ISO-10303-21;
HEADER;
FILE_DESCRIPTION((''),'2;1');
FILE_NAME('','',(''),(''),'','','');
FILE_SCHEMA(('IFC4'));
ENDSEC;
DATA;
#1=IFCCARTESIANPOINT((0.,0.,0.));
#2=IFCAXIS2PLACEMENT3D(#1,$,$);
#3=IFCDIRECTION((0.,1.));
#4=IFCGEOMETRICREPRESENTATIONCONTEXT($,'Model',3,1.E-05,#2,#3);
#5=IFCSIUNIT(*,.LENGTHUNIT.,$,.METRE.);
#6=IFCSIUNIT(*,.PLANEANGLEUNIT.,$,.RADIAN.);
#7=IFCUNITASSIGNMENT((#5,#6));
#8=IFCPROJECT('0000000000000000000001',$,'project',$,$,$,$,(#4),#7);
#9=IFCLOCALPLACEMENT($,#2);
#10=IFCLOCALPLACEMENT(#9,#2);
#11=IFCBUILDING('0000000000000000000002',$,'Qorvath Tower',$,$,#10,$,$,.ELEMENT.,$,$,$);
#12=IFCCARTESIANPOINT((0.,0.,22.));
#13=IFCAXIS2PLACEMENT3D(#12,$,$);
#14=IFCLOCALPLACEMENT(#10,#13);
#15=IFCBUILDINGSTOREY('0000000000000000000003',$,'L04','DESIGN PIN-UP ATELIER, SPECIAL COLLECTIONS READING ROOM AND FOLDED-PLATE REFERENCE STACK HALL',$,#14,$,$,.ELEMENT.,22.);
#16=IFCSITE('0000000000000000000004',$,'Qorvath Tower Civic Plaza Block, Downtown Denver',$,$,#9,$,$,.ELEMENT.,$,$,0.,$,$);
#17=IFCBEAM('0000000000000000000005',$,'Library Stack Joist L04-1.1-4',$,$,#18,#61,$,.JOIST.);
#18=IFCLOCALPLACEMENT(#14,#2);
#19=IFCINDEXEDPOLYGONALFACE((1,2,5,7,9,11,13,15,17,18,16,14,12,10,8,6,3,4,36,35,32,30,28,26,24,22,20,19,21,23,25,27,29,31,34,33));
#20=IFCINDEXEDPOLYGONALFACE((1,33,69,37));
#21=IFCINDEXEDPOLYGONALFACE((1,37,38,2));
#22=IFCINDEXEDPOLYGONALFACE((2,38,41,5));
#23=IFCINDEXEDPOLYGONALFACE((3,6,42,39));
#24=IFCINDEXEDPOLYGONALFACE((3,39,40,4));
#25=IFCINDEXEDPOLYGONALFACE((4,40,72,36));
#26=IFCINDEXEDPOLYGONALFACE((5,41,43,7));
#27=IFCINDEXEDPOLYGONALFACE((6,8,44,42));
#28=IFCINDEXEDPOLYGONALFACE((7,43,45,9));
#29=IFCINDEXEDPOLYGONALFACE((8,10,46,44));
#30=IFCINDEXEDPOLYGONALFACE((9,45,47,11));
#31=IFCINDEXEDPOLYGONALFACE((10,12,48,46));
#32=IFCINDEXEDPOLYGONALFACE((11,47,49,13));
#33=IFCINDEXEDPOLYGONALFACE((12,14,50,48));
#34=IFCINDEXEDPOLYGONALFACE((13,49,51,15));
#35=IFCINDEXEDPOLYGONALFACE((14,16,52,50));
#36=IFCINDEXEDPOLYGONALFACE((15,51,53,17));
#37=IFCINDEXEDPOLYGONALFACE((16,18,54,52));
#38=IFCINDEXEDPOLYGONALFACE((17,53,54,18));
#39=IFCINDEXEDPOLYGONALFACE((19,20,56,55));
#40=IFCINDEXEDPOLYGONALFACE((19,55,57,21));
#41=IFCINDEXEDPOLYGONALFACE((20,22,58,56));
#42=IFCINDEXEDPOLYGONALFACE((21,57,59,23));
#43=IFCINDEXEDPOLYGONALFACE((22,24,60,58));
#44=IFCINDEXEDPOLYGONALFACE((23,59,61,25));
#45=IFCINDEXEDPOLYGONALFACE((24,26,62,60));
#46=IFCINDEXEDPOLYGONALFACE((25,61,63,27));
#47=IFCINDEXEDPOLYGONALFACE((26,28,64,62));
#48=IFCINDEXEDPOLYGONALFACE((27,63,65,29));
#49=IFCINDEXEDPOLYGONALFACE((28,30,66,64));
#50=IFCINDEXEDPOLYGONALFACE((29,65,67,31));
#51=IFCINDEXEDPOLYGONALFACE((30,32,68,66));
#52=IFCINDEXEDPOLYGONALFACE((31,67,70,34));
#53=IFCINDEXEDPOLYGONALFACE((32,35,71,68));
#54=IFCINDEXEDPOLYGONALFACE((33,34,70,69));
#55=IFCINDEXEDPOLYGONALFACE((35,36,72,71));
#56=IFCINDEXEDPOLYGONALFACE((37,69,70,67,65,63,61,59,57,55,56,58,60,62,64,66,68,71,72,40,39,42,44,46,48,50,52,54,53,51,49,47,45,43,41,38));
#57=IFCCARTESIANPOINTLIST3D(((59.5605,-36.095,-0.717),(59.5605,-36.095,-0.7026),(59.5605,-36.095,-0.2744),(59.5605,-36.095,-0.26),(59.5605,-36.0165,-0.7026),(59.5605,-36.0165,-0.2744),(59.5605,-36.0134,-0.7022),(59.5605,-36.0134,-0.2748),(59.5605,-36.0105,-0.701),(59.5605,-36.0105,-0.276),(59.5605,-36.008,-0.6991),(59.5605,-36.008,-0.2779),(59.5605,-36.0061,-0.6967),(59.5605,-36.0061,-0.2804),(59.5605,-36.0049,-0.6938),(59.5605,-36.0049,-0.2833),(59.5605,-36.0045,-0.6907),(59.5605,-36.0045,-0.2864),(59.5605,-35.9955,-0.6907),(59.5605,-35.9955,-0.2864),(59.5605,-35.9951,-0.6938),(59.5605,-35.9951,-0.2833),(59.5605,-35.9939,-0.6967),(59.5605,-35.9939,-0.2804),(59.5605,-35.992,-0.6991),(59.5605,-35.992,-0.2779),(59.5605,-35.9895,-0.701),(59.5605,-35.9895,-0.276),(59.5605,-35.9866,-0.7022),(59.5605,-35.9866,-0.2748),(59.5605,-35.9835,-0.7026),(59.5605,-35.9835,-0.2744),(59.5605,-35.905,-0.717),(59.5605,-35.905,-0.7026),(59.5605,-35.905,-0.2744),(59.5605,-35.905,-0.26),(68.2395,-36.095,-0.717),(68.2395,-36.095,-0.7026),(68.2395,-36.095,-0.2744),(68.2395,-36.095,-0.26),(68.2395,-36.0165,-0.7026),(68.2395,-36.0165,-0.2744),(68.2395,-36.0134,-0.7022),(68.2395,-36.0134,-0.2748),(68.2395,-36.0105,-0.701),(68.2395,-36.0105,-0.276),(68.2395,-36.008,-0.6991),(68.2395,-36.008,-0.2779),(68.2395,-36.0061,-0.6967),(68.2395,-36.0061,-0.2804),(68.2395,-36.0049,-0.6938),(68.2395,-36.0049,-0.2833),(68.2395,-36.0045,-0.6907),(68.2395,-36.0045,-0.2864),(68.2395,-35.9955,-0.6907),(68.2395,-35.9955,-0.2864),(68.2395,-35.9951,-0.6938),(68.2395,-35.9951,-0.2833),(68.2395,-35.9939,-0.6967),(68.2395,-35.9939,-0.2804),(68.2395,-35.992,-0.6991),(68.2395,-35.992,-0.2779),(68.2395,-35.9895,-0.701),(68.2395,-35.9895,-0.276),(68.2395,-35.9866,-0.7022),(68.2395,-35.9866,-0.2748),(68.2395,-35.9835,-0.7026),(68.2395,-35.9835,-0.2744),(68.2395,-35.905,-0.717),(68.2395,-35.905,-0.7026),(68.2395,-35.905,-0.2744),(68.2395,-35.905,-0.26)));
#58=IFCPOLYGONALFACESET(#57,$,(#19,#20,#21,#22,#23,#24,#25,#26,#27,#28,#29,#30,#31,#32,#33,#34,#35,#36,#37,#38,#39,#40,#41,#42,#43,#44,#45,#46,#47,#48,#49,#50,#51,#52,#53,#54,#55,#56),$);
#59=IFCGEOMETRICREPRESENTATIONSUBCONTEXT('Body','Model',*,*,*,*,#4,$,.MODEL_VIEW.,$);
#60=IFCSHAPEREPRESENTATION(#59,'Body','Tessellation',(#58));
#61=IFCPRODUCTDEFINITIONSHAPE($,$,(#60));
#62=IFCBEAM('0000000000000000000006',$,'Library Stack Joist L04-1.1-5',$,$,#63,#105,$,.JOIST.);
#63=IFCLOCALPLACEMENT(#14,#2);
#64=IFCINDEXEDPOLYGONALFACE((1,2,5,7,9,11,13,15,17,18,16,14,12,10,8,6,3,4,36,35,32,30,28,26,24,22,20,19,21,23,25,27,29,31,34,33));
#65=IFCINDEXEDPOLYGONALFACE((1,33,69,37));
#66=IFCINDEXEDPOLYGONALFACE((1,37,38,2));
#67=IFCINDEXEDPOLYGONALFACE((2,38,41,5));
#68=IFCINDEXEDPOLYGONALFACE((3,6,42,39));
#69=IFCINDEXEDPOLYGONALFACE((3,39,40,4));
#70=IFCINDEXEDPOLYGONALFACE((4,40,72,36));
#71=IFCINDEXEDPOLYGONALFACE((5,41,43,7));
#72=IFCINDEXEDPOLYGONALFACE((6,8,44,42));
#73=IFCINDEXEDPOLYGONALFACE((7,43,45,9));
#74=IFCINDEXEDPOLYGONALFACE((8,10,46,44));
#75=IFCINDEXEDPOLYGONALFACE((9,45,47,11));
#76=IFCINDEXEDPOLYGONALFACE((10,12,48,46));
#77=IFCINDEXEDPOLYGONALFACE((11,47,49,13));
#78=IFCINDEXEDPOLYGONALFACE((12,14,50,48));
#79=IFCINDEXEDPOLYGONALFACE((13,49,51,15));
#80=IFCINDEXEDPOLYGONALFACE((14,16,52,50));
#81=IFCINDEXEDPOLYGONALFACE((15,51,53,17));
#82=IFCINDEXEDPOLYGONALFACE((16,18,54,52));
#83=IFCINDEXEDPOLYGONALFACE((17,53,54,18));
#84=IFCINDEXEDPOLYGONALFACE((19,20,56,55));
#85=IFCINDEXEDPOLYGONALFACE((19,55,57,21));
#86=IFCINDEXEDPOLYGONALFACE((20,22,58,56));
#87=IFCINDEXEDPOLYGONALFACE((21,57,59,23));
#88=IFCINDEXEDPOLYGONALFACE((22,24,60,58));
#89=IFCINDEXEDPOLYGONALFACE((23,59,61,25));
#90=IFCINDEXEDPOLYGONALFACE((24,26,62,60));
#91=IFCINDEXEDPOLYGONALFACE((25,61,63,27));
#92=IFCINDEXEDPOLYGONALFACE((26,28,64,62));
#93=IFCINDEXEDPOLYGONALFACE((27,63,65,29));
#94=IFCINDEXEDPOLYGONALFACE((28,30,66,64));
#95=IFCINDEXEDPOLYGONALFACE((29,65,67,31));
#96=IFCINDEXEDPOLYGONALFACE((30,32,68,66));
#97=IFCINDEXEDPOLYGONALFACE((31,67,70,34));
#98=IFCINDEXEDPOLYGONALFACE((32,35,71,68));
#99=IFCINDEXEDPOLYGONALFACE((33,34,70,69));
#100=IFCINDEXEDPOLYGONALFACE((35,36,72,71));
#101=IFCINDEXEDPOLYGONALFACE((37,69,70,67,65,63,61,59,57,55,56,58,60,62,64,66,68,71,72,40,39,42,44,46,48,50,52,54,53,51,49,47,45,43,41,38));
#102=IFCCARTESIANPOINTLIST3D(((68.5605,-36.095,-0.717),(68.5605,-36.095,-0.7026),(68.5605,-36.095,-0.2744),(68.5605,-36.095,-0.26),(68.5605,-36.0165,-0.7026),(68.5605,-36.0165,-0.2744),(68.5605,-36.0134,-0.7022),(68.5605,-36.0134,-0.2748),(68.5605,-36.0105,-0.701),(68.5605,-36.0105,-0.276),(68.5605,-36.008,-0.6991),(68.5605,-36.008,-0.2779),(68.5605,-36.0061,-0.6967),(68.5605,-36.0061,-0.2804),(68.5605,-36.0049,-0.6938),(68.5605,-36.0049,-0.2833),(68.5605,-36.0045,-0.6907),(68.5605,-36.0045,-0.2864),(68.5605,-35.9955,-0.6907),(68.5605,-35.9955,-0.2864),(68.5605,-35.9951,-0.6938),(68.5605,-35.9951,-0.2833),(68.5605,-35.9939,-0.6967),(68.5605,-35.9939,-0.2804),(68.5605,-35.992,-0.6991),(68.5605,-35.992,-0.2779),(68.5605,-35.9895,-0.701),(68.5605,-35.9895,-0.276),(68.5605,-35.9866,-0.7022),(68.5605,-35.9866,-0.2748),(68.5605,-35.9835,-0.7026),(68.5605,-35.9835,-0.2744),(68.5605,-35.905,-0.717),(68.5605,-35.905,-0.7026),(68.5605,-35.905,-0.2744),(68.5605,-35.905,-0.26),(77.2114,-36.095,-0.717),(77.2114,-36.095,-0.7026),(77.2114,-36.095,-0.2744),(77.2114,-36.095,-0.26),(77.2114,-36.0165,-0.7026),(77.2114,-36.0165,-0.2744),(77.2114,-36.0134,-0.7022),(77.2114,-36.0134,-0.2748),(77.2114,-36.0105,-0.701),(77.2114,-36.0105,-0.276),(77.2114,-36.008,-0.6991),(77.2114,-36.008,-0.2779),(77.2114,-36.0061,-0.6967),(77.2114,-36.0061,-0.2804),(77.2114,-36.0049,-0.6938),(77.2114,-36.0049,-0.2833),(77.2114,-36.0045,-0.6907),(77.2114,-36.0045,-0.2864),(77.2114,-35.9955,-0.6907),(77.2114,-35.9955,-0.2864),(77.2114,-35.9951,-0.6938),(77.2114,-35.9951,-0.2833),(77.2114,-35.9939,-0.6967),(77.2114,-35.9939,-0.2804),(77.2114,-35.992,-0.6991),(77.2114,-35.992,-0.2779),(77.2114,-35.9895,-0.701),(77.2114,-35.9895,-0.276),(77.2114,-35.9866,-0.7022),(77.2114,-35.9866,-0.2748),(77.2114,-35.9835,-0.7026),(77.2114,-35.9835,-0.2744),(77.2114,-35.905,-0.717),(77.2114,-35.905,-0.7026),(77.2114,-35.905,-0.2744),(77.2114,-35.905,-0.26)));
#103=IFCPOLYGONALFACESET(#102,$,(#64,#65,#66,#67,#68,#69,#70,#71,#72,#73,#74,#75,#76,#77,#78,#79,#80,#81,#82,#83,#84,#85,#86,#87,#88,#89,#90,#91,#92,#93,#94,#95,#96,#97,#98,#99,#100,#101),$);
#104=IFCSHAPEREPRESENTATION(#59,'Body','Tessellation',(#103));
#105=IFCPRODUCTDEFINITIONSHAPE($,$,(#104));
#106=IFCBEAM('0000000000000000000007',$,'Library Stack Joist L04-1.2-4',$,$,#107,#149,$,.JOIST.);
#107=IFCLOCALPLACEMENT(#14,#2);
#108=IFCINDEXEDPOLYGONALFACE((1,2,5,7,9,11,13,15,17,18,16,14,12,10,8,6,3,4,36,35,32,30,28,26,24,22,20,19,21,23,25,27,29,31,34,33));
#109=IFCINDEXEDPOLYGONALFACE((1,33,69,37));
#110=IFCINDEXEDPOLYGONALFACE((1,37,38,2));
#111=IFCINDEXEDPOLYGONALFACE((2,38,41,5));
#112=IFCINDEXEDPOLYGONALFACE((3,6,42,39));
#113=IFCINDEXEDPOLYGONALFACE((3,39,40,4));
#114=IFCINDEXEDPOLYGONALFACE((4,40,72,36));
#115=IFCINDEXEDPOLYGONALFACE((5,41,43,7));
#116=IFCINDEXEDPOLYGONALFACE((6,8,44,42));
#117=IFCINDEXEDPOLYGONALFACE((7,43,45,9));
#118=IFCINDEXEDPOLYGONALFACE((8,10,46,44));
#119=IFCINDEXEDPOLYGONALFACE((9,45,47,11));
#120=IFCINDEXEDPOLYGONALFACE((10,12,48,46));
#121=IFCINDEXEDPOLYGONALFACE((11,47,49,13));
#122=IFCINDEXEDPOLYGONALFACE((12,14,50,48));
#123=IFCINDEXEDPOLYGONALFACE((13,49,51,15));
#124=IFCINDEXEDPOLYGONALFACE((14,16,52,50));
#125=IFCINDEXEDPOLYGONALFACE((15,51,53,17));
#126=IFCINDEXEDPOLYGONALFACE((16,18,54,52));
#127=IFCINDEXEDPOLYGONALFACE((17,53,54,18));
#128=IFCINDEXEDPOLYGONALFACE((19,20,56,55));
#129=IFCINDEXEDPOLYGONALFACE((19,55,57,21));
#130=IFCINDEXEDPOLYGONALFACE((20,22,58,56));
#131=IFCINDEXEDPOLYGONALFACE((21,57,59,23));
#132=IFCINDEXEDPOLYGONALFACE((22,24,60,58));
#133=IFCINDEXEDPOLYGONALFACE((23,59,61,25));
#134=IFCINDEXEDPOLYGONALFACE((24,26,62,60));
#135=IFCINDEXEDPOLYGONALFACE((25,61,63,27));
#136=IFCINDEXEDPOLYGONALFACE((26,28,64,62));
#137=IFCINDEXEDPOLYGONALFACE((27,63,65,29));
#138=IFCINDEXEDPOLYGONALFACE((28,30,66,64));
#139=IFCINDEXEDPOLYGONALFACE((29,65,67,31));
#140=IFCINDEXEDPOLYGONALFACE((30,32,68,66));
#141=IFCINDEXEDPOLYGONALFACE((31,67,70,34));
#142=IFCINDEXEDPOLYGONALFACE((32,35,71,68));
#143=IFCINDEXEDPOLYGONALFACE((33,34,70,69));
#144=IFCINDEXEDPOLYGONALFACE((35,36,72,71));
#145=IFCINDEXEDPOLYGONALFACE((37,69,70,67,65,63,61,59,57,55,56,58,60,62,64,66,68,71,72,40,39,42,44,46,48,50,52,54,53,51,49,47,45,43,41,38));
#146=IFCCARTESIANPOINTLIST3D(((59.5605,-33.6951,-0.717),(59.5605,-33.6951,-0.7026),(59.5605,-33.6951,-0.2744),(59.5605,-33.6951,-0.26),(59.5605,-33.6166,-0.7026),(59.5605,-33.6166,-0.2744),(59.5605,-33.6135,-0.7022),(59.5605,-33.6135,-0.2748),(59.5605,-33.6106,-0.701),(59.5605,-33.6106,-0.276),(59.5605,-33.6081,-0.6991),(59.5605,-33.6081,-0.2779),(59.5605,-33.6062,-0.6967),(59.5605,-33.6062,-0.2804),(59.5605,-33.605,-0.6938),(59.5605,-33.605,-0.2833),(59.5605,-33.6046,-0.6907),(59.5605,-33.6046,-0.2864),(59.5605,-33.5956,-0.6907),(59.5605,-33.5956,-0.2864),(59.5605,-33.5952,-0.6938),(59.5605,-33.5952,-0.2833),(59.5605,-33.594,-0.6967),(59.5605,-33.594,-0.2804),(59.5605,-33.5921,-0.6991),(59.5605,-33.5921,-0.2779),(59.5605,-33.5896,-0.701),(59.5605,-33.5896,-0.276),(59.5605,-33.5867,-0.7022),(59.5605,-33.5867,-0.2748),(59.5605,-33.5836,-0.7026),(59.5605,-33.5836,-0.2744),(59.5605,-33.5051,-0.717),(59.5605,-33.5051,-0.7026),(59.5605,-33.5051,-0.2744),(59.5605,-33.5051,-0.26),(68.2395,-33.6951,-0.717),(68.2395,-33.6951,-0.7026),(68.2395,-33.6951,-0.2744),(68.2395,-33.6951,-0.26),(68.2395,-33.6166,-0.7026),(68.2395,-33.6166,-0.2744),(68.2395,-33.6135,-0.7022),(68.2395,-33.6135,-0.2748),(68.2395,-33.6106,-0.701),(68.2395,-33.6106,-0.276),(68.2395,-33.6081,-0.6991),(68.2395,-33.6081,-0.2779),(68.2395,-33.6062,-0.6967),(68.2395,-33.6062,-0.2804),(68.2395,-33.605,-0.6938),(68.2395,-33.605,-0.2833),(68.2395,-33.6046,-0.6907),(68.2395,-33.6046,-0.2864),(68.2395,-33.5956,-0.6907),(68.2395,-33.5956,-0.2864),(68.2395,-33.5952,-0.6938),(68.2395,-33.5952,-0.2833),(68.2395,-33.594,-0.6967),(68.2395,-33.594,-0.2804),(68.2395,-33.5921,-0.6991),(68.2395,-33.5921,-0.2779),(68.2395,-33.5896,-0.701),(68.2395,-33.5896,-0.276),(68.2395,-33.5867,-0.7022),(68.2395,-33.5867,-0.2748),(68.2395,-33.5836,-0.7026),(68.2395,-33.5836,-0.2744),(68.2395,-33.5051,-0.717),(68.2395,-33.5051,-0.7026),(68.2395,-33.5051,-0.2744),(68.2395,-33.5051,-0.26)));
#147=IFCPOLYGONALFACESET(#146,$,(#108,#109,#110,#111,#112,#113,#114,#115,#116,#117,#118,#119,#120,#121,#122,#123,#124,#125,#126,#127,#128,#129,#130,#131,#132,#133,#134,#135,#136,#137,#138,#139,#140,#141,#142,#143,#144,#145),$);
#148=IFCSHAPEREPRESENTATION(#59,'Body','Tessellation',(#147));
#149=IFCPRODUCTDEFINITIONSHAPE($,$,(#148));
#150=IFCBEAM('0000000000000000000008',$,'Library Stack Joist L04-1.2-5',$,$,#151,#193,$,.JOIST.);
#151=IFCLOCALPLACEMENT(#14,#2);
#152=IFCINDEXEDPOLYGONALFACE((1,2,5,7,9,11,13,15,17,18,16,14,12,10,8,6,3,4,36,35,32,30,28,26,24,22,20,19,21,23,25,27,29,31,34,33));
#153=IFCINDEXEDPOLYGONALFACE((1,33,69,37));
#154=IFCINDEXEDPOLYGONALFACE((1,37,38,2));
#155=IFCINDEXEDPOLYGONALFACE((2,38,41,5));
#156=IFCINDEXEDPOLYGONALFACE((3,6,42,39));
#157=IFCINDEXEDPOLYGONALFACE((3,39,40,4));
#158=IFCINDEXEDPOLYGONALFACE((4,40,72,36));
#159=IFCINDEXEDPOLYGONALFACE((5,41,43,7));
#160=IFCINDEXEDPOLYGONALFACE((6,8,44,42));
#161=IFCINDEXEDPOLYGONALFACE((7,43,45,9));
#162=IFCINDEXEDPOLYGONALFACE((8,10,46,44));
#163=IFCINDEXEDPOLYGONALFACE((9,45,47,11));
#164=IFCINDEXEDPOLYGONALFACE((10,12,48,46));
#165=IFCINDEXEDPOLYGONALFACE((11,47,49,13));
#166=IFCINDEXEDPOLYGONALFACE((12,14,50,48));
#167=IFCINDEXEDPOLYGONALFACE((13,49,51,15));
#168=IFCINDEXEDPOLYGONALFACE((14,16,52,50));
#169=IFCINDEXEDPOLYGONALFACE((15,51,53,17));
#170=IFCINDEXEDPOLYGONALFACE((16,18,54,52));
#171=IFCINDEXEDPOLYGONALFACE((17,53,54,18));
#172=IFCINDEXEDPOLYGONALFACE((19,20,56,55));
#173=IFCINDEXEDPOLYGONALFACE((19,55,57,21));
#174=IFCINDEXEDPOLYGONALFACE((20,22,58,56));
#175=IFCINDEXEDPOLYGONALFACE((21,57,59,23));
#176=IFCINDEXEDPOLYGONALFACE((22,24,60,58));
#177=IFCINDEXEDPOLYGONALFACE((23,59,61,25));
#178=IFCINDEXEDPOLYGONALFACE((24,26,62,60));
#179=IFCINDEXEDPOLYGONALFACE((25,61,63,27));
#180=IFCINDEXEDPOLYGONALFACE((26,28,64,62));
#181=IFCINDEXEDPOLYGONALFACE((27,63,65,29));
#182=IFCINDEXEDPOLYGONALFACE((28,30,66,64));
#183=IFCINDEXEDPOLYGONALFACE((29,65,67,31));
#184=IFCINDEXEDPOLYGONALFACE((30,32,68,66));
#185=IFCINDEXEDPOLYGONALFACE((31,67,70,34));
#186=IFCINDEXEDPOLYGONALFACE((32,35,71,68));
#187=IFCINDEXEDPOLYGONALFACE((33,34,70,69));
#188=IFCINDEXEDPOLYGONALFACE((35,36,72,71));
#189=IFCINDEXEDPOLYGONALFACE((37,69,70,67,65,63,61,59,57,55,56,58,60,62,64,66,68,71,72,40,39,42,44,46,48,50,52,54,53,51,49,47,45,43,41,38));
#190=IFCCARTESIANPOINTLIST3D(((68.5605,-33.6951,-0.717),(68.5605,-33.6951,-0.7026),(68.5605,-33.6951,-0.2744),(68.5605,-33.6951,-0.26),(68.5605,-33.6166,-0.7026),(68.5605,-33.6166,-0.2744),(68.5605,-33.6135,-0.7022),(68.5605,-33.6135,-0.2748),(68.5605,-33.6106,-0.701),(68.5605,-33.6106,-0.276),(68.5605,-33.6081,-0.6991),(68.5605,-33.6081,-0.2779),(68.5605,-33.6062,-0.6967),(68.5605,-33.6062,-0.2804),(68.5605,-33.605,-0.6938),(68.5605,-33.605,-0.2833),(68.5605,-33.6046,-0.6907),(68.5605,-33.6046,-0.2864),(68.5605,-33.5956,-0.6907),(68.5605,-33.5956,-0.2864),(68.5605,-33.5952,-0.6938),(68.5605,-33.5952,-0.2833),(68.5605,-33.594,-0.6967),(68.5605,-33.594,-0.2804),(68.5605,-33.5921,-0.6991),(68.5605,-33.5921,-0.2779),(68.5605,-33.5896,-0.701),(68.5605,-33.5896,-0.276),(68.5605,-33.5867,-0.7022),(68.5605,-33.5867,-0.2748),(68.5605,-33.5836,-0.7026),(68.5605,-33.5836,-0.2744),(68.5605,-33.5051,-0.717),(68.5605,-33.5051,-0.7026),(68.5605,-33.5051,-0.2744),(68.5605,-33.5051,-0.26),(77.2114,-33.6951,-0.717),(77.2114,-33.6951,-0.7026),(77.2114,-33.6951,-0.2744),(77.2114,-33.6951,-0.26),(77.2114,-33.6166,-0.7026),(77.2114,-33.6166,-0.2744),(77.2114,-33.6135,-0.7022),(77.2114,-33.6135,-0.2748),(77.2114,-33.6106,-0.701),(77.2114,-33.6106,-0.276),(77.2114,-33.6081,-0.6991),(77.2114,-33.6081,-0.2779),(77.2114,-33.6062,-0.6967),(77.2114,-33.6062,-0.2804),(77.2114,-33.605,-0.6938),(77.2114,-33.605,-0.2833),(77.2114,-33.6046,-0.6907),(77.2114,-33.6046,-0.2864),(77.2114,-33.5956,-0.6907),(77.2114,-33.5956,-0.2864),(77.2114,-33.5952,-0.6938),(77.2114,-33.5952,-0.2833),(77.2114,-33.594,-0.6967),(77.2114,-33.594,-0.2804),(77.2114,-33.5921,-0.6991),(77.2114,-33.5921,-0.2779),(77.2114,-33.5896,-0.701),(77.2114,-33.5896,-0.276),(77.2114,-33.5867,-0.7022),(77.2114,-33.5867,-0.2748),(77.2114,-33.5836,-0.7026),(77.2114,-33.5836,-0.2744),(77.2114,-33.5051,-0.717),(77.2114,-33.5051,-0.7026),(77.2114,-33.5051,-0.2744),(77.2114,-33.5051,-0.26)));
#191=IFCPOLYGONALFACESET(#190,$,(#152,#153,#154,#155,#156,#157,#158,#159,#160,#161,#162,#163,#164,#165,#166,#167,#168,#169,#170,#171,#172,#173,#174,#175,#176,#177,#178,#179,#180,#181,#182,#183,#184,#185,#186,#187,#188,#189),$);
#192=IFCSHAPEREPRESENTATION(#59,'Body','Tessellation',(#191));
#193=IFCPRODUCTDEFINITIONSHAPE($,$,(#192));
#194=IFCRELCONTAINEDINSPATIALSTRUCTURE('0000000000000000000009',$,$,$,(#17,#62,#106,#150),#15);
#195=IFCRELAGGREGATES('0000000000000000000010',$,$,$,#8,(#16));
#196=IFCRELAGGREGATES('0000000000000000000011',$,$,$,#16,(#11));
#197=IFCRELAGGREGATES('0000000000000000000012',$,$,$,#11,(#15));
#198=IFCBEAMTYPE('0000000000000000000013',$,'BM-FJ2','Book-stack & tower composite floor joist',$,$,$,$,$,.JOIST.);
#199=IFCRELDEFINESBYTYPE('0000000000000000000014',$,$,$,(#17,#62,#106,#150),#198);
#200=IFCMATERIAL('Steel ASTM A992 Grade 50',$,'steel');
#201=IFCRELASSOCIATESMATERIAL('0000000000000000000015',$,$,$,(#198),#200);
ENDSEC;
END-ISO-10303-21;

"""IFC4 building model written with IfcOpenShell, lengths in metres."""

from ifc_helpers import new_model, si_unit, direction, frame, origin, origin_2d, place, context, subcontext, project, spatial, i_section, extrude, material, material_profile, profile_set, type_object, element, save


model = new_model("IFC4")

# Units and contexts
model_context = context("Model", 3, precision=1e-05, world=origin(), true_north=direction((0.0, 1.0)))
body_context = subcontext(model_context, "Body", "Model", "MODEL_VIEW")
ifc_project = project(units=[si_unit("LENGTHUNIT", "METRE"), si_unit("PLANEANGLEUNIT", "RADIAN")], contexts=[model_context])

# Site, building, storey
site_placement = place(None, origin())
site = spatial("IfcSite", under=ifc_project, at=site_placement, Name="Qorvath Tower Civic Plaza Block, Downtown Denver", CompositionType="ELEMENT", RefElevation=0.0)
building_placement = place(site_placement, origin())
building = spatial("IfcBuilding", under=site, at=building_placement, Name="Qorvath Tower", CompositionType="ELEMENT")
storey_placement = place(building_placement, frame((0.0, 0.0, 22.0)))
storey = spatial("IfcBuildingStorey", under=building, at=storey_placement, Name="L04", Description="DESIGN PIN-UP ATELIER, SPECIAL COLLECTIONS READING ROOM AND FOLDED-PLATE REFERENCE STACK HALL", CompositionType="ELEMENT", Elevation=22.0)

# Beams
ifc_material_1 = material(Name="Steel ASTM A992 Grade 50", Category="steel")
ifc_material_profile_1 = material_profile(ifc_material_1, i_section(OverallWidth=0.1899, OverallDepth=0.457, WebThickness=0.009, FlangeThickness=0.0144, FilletRadius=0.012, at=origin_2d()), Name="W18x50")
ifc_profile_set_1 = profile_set([ifc_material_profile_1], Name="Steel ASTM A992 Grade 50")
beam_type_1 = type_object("IfcBeamType", Name="BM-FJ2", Description="Book-stack & tower composite floor joist", PredefinedType="JOIST", material=ifc_profile_set_1)
beam_1_placement = place(storey_placement, frame((59.5605, -36.0, -0.4885), z_axis=(1.0, 0.0, 0.0), x_axis=(0.0, 1.0, 0.0)))
element("IfcBeam", 1, at=beam_1_placement, inside=storey, type_object=beam_type_1, Name="Library Stack Joist L04-1.1-4", PredefinedType="JOIST", context=body_context, shape_type="SweptSolid", body=[
    extrude(i_section(OverallWidth=0.1899, OverallDepth=0.457, WebThickness=0.009, FlangeThickness=0.0144, FilletRadius=0.012, at=origin_2d()), origin(), (0.0, 0.0, 1.0), 8.679),
])
beam_2_placement = place(storey_placement, frame((68.5605, -36.0, -0.4885), z_axis=(1.0, 0.0, 0.0), x_axis=(0.0, 1.0, 0.0)))
element("IfcBeam", 2, at=beam_2_placement, inside=storey, type_object=beam_type_1, Name="Library Stack Joist L04-1.1-5", PredefinedType="JOIST", context=body_context, shape_type="SweptSolid", body=[
    extrude(i_section(OverallWidth=0.1899, OverallDepth=0.457, WebThickness=0.009, FlangeThickness=0.0144, FilletRadius=0.012, at=origin_2d()), origin(), (0.0, 0.0, 1.0), 8.6509),
])
beam_3_placement = place(storey_placement, frame((59.5605, -33.6001, -0.4885), z_axis=(1.0, 0.0, 0.0), x_axis=(0.0, 1.0, 0.0)))
element("IfcBeam", 3, at=beam_3_placement, inside=storey, type_object=beam_type_1, Name="Library Stack Joist L04-1.2-4", PredefinedType="JOIST", context=body_context, shape_type="SweptSolid", body=[
    extrude(i_section(OverallWidth=0.1899, OverallDepth=0.457, WebThickness=0.009, FlangeThickness=0.0144, FilletRadius=0.012, at=origin_2d()), origin(), (0.0, 0.0, 1.0), 8.679),
])
beam_4_placement = place(storey_placement, frame((68.5605, -33.6001, -0.4885), z_axis=(1.0, 0.0, 0.0), x_axis=(0.0, 1.0, 0.0)))
element("IfcBeam", 4, at=beam_4_placement, inside=storey, type_object=beam_type_1, Name="Library Stack Joist L04-1.2-5", PredefinedType="JOIST", context=body_context, shape_type="SweptSolid", body=[
    extrude(i_section(OverallWidth=0.1899, OverallDepth=0.457, WebThickness=0.009, FlangeThickness=0.0144, FilletRadius=0.012, at=origin_2d()), origin(), (0.0, 0.0, 1.0), 8.6509),
])

save(model, "model.ifc")
